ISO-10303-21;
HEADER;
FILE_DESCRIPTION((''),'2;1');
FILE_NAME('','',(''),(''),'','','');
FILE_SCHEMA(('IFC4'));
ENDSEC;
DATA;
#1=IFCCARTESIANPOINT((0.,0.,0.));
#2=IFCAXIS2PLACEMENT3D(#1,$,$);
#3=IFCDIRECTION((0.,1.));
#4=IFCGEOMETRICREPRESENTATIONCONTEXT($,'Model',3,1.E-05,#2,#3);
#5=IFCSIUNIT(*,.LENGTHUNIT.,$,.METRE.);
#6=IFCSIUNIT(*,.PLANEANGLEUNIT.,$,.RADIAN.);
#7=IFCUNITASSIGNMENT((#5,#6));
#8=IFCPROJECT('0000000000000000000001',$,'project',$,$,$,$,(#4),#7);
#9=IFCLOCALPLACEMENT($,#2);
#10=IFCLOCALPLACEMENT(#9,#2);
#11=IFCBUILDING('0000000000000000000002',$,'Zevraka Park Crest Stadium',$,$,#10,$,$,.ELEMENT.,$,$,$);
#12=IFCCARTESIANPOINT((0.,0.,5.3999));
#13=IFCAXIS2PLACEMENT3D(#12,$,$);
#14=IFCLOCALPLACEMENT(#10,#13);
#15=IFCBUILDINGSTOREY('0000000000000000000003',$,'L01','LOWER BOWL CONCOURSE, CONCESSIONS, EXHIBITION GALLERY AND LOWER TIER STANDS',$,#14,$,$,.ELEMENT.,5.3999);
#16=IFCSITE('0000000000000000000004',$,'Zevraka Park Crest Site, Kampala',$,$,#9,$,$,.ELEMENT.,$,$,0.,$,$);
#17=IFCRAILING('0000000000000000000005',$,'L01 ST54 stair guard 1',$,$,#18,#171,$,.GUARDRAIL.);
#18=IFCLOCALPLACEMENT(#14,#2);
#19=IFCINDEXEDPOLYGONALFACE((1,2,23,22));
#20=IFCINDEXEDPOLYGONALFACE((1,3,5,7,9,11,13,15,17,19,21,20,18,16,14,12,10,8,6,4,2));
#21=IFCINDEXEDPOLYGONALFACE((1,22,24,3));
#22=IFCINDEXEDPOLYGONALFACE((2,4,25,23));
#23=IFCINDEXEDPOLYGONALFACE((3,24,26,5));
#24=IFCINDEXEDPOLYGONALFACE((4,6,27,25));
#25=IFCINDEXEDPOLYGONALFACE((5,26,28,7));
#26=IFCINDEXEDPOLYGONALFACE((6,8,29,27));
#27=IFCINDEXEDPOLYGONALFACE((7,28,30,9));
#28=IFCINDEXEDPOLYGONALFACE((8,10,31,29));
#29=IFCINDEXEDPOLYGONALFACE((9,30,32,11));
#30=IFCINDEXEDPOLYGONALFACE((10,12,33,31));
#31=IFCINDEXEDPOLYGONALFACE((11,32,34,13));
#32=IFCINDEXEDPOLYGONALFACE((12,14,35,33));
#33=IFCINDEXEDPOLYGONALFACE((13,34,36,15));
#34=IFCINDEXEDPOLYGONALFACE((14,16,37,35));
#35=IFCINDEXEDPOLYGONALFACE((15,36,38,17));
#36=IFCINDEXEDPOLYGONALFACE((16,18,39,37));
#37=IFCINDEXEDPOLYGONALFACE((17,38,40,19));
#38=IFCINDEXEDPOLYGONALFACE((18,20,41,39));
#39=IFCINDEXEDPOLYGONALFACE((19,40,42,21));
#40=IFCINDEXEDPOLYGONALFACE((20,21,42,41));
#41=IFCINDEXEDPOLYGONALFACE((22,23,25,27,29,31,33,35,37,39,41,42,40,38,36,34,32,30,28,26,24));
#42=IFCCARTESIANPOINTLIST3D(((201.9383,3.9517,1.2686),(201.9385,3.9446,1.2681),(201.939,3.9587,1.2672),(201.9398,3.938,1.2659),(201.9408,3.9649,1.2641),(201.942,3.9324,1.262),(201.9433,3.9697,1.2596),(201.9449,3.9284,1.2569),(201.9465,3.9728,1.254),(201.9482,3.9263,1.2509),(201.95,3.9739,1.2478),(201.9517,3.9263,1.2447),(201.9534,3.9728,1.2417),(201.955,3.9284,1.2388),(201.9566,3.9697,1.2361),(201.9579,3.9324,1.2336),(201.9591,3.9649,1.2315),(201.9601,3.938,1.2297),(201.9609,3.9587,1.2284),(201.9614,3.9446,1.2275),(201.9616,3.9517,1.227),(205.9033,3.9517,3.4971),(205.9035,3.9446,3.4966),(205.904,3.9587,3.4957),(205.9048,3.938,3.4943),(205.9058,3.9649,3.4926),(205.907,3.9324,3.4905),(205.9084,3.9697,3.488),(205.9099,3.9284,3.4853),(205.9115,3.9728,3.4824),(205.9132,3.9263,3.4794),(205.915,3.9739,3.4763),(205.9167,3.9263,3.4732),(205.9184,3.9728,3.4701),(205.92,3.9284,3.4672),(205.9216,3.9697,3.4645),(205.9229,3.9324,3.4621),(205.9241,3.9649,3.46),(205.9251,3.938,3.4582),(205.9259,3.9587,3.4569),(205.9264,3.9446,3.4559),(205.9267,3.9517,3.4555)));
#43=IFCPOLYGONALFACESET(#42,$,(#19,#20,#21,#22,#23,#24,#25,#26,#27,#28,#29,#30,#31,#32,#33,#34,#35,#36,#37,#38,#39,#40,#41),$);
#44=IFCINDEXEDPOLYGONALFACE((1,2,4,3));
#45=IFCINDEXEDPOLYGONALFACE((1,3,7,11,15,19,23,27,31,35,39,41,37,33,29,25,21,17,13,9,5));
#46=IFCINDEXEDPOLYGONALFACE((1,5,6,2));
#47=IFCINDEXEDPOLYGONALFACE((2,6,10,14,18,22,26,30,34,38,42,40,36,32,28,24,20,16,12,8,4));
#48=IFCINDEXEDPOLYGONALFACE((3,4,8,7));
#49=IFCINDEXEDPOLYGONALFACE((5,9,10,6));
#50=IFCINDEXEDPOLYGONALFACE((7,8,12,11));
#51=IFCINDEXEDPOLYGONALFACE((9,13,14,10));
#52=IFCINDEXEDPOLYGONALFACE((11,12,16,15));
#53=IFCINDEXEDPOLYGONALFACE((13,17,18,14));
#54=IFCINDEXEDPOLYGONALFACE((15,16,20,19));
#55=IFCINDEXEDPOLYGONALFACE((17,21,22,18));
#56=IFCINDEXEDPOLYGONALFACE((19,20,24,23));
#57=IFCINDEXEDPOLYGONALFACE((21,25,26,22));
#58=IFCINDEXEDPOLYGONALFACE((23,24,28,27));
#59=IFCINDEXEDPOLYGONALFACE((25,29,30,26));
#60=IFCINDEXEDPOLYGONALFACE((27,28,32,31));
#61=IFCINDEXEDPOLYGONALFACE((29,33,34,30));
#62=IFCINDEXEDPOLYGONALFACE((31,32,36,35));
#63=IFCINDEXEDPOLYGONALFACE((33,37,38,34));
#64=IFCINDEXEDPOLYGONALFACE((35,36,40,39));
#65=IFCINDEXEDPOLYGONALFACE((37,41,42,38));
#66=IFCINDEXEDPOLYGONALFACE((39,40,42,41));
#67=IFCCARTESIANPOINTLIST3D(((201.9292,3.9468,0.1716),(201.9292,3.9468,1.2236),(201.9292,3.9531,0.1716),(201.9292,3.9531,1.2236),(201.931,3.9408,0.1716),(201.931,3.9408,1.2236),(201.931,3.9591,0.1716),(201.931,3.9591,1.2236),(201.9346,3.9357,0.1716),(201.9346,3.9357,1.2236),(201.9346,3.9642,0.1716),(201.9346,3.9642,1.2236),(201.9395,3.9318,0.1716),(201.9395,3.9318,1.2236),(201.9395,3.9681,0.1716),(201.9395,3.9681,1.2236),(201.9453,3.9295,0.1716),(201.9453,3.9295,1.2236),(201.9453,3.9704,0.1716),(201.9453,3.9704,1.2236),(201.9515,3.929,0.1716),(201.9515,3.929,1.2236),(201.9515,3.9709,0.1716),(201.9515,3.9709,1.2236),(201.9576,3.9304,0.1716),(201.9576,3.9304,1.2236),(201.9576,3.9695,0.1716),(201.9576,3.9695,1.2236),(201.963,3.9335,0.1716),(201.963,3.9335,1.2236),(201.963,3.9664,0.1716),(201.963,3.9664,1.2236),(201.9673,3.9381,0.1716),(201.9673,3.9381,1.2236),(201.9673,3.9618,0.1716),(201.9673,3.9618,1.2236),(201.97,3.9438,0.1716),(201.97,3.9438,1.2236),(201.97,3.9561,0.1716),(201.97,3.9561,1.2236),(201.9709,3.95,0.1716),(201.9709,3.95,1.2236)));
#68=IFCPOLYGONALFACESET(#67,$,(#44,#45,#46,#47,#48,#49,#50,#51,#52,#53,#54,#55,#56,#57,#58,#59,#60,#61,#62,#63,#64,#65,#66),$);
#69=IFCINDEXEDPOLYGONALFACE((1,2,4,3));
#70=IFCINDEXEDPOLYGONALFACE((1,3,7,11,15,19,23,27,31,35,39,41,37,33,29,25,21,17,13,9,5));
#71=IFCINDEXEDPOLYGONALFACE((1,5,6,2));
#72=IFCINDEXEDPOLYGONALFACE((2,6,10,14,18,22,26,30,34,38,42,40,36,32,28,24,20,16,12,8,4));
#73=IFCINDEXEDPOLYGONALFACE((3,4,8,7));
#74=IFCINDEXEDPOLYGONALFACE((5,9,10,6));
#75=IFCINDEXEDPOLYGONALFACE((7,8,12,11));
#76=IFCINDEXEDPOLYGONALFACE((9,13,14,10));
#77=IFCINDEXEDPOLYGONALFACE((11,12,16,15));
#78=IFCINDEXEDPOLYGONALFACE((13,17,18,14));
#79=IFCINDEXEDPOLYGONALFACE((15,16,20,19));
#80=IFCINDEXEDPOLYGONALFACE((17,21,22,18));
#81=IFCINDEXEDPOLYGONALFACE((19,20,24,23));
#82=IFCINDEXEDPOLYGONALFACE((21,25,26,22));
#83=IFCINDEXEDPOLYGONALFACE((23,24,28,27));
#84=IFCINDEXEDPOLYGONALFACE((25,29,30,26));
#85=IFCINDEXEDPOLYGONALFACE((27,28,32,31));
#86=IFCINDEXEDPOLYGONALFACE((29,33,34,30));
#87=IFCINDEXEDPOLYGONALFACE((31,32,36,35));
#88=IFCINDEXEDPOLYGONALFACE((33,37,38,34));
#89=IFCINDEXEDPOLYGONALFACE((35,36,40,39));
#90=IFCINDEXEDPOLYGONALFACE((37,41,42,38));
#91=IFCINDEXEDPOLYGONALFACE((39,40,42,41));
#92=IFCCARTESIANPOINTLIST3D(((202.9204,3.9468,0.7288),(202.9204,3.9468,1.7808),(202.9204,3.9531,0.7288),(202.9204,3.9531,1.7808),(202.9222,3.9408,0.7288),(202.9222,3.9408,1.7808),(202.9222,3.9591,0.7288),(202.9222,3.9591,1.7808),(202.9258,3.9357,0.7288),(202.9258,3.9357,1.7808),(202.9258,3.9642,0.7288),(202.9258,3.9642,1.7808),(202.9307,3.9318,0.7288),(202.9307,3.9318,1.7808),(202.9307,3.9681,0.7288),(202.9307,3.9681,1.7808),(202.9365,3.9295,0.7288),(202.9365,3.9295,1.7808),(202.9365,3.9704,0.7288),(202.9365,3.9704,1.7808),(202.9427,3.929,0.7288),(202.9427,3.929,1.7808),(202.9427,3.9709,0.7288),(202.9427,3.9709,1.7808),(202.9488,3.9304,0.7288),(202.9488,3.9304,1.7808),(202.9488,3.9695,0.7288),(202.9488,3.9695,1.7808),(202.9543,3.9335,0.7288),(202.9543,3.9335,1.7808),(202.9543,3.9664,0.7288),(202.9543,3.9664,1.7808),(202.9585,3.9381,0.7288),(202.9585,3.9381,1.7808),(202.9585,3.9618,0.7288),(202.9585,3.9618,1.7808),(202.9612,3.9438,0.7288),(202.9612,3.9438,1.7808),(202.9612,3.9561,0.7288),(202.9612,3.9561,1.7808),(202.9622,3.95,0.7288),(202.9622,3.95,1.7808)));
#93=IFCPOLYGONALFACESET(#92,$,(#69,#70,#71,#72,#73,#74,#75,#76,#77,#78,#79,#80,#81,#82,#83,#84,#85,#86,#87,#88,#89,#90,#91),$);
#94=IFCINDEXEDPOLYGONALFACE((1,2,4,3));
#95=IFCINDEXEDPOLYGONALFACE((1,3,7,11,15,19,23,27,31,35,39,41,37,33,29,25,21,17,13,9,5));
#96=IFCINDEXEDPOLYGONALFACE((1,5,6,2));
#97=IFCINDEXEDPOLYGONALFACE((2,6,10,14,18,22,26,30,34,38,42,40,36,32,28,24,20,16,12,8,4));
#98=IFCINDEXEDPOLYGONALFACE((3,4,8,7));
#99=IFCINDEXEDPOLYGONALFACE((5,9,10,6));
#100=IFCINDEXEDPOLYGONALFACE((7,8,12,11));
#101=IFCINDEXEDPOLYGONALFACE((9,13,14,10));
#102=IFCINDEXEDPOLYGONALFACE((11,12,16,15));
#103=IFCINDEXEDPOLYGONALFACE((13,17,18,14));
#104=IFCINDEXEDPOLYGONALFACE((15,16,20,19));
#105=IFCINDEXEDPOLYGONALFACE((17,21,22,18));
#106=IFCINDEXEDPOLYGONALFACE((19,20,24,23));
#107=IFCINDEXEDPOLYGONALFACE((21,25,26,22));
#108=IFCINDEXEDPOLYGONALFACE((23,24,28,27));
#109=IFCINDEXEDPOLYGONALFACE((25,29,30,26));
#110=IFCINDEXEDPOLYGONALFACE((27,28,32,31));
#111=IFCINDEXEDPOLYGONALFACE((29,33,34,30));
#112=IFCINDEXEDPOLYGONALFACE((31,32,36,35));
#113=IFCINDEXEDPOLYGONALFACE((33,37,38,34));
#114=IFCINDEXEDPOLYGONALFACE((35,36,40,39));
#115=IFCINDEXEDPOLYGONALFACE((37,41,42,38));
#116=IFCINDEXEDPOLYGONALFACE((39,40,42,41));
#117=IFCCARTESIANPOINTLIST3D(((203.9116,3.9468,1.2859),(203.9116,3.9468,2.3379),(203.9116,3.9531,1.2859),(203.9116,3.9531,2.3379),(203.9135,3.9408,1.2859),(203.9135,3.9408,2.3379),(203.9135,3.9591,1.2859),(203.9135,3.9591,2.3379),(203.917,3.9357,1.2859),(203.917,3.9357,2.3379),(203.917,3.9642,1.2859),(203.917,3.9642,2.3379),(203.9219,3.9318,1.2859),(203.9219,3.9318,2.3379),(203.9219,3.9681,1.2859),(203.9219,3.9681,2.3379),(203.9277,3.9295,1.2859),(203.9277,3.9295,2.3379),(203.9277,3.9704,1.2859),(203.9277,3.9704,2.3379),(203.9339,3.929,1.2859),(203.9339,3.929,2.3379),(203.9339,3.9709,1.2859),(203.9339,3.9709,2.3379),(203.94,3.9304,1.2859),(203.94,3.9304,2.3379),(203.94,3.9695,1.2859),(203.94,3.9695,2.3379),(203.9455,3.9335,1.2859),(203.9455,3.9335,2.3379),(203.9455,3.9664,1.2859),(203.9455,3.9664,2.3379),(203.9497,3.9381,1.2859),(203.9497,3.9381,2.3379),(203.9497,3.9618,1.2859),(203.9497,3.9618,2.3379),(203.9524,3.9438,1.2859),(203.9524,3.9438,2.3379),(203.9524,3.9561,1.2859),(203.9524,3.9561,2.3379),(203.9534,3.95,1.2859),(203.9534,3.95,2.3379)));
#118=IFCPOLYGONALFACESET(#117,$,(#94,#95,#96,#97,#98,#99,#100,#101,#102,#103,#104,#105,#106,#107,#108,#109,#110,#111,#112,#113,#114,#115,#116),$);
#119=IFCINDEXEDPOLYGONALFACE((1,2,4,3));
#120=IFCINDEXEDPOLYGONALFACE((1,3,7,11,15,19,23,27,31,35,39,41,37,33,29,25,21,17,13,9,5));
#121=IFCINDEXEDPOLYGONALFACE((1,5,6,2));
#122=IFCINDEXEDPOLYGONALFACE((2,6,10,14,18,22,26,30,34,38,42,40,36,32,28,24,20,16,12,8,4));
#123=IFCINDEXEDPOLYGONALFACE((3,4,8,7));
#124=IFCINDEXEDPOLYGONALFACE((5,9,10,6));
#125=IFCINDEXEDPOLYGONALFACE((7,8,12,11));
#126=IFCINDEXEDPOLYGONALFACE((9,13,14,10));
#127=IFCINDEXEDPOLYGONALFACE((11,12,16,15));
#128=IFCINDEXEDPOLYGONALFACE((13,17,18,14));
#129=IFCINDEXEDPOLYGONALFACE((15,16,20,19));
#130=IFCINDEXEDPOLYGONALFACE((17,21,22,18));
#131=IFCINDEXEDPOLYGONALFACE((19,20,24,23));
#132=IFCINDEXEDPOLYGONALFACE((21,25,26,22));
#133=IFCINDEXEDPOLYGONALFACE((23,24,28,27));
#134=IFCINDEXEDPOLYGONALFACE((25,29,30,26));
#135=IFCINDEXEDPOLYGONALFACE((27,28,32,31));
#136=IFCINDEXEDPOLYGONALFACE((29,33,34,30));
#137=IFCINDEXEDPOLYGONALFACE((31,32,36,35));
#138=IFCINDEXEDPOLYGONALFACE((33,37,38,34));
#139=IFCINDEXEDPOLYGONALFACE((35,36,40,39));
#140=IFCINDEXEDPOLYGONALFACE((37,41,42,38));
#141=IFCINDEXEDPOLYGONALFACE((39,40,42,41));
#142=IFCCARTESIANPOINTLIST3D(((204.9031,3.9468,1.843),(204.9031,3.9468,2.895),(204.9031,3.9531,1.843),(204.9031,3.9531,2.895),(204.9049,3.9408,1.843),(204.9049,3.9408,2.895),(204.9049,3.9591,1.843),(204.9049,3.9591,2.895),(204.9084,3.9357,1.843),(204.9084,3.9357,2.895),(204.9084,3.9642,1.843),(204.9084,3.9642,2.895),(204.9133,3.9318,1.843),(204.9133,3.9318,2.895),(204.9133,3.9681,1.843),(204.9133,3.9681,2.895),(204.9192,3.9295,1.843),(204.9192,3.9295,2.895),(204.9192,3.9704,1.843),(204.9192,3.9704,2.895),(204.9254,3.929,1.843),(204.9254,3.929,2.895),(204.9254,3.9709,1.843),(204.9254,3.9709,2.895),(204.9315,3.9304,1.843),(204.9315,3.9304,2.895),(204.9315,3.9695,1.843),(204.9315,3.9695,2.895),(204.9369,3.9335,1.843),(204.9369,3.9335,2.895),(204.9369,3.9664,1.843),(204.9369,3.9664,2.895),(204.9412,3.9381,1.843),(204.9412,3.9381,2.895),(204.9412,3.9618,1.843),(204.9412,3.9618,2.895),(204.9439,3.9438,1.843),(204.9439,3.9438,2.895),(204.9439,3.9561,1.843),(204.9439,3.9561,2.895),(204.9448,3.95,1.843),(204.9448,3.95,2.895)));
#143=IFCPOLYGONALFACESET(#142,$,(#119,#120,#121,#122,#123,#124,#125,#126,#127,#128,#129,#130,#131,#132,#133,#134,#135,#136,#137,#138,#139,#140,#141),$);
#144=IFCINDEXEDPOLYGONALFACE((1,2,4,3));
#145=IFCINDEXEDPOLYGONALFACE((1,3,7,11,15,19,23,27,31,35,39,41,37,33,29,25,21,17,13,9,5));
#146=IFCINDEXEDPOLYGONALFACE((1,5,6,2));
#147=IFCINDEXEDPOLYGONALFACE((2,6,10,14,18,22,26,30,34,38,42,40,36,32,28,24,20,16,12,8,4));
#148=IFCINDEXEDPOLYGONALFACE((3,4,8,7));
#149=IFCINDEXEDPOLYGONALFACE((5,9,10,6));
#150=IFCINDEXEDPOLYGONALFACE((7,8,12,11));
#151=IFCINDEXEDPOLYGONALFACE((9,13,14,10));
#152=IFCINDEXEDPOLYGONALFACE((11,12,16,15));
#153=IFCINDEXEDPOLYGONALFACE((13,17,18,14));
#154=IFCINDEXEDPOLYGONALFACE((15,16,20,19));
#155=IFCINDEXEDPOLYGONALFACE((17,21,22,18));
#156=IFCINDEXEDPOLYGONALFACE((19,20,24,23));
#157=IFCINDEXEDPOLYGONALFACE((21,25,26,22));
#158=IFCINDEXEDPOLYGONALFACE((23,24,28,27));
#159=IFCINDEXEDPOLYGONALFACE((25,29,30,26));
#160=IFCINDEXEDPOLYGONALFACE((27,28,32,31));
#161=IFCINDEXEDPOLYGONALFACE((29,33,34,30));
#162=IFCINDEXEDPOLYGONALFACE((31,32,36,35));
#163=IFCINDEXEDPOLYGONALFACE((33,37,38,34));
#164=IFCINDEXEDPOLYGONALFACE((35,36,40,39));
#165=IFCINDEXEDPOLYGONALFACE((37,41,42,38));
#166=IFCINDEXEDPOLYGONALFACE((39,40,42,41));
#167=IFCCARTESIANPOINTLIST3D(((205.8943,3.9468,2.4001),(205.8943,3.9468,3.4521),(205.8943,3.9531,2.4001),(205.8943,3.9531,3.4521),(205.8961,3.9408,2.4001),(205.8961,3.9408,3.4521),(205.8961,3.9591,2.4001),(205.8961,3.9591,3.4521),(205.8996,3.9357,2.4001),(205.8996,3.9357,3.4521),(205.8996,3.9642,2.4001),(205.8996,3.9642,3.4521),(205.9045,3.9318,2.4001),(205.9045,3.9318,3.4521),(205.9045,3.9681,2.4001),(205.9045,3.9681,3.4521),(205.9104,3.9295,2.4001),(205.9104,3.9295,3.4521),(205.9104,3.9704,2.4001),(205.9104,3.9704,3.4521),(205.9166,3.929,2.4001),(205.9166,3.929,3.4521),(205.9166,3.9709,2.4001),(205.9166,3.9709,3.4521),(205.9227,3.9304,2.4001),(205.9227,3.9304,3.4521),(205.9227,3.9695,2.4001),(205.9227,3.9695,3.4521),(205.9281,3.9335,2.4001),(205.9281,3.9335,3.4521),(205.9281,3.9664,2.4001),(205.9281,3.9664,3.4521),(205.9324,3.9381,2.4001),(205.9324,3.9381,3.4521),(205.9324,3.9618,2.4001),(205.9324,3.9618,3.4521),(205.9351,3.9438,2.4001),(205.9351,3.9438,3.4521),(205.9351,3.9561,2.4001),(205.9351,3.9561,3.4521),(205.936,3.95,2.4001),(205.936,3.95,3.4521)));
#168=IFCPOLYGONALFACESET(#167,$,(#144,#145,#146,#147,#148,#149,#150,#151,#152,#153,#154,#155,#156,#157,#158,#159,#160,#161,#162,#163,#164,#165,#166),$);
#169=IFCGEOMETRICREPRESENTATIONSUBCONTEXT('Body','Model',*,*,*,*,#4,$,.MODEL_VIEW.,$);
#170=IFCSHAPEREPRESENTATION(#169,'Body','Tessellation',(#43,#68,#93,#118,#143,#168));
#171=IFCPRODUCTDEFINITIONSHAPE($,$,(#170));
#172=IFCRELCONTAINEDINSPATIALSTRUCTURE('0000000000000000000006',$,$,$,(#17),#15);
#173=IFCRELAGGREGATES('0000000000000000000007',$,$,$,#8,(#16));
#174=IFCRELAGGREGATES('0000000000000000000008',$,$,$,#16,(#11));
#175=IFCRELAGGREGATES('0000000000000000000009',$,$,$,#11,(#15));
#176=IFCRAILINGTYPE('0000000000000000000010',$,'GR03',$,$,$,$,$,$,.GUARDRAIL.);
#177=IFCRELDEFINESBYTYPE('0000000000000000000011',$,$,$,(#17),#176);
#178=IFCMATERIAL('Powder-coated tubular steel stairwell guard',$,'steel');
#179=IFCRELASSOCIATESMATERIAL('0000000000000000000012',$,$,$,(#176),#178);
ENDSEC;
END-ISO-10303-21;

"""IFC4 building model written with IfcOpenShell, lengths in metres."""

from ifc_helpers import new_model, si_unit, direction, frame, origin, origin_2d, place, context, subcontext, project, spatial, circle, extrude, material, type_object, element, save


model = new_model("IFC4")

# Units and contexts
model_context = context("Model", 3, precision=1e-05, world=origin(), true_north=direction((0.0, 1.0)))
body_context = subcontext(model_context, "Body", "Model", "MODEL_VIEW")
ifc_project = project(units=[si_unit("LENGTHUNIT", "METRE"), si_unit("PLANEANGLEUNIT", "RADIAN")], contexts=[model_context])

# Site, building, storey
site_placement = place(None, origin())
site = spatial("IfcSite", under=ifc_project, at=site_placement, Name="Zevraka Park Crest Site, Kampala", CompositionType="ELEMENT", RefElevation=0.0)
building_placement = place(site_placement, origin())
building = spatial("IfcBuilding", under=site, at=building_placement, Name="Zevraka Park Crest Stadium", CompositionType="ELEMENT")
storey_placement = place(building_placement, frame((0.0, 0.0, 5.3999)))
storey = spatial("IfcBuildingStorey", under=building, at=storey_placement, Name="L01", Description="LOWER BOWL CONCOURSE, CONCESSIONS, EXHIBITION GALLERY AND LOWER TIER STANDS", CompositionType="ELEMENT", Elevation=5.3999)

# Railing
ifc_material_1 = material(Name="Powder-coated tubular steel stairwell guard", Category="steel")
railing_type_1 = type_object("IfcRailingType", Name="GR03", PredefinedType="GUARDRAIL", material=ifc_material_1)
railing_1_placement = place(storey_placement, frame((201.95, 3.95, 0.1716)))
element("IfcRailing", 1, at=railing_1_placement, inside=storey, type_object=railing_type_1, Name="L01 ST54 stair guard 1", PredefinedType="GUARDRAIL", context=body_context, shape_type="SweptSolid", body=[
    extrude(circle(Radius=0.0239, at=origin_2d()), frame((0.0, 0.0, 1.0762), z_axis=(0.871749, 0.0, 0.489953), x_axis=(0.0, 1.0, 0.0)), (0.0, 0.0, 1.0), 4.5483),
    extrude(circle(Radius=0.021, at=origin_2d()), origin(), (0.0, 0.0, 1.0), 1.052),
    extrude(circle(Radius=0.021, at=origin_2d()), frame((0.9912, 0.0, 0.5571)), (0.0, 0.0, 1.0), 1.052),
    extrude(circle(Radius=0.021, at=origin_2d()), frame((1.9824, 0.0, 1.1143)), (0.0, 0.0, 1.0), 1.052),
    extrude(circle(Radius=0.021, at=origin_2d()), frame((2.9739, 0.0, 1.6714)), (0.0, 0.0, 1.0), 1.052),
    extrude(circle(Radius=0.021, at=origin_2d()), frame((3.9651, 0.0, 2.2285)), (0.0, 0.0, 1.0), 1.052),
])

save(model, "model.ifc")
